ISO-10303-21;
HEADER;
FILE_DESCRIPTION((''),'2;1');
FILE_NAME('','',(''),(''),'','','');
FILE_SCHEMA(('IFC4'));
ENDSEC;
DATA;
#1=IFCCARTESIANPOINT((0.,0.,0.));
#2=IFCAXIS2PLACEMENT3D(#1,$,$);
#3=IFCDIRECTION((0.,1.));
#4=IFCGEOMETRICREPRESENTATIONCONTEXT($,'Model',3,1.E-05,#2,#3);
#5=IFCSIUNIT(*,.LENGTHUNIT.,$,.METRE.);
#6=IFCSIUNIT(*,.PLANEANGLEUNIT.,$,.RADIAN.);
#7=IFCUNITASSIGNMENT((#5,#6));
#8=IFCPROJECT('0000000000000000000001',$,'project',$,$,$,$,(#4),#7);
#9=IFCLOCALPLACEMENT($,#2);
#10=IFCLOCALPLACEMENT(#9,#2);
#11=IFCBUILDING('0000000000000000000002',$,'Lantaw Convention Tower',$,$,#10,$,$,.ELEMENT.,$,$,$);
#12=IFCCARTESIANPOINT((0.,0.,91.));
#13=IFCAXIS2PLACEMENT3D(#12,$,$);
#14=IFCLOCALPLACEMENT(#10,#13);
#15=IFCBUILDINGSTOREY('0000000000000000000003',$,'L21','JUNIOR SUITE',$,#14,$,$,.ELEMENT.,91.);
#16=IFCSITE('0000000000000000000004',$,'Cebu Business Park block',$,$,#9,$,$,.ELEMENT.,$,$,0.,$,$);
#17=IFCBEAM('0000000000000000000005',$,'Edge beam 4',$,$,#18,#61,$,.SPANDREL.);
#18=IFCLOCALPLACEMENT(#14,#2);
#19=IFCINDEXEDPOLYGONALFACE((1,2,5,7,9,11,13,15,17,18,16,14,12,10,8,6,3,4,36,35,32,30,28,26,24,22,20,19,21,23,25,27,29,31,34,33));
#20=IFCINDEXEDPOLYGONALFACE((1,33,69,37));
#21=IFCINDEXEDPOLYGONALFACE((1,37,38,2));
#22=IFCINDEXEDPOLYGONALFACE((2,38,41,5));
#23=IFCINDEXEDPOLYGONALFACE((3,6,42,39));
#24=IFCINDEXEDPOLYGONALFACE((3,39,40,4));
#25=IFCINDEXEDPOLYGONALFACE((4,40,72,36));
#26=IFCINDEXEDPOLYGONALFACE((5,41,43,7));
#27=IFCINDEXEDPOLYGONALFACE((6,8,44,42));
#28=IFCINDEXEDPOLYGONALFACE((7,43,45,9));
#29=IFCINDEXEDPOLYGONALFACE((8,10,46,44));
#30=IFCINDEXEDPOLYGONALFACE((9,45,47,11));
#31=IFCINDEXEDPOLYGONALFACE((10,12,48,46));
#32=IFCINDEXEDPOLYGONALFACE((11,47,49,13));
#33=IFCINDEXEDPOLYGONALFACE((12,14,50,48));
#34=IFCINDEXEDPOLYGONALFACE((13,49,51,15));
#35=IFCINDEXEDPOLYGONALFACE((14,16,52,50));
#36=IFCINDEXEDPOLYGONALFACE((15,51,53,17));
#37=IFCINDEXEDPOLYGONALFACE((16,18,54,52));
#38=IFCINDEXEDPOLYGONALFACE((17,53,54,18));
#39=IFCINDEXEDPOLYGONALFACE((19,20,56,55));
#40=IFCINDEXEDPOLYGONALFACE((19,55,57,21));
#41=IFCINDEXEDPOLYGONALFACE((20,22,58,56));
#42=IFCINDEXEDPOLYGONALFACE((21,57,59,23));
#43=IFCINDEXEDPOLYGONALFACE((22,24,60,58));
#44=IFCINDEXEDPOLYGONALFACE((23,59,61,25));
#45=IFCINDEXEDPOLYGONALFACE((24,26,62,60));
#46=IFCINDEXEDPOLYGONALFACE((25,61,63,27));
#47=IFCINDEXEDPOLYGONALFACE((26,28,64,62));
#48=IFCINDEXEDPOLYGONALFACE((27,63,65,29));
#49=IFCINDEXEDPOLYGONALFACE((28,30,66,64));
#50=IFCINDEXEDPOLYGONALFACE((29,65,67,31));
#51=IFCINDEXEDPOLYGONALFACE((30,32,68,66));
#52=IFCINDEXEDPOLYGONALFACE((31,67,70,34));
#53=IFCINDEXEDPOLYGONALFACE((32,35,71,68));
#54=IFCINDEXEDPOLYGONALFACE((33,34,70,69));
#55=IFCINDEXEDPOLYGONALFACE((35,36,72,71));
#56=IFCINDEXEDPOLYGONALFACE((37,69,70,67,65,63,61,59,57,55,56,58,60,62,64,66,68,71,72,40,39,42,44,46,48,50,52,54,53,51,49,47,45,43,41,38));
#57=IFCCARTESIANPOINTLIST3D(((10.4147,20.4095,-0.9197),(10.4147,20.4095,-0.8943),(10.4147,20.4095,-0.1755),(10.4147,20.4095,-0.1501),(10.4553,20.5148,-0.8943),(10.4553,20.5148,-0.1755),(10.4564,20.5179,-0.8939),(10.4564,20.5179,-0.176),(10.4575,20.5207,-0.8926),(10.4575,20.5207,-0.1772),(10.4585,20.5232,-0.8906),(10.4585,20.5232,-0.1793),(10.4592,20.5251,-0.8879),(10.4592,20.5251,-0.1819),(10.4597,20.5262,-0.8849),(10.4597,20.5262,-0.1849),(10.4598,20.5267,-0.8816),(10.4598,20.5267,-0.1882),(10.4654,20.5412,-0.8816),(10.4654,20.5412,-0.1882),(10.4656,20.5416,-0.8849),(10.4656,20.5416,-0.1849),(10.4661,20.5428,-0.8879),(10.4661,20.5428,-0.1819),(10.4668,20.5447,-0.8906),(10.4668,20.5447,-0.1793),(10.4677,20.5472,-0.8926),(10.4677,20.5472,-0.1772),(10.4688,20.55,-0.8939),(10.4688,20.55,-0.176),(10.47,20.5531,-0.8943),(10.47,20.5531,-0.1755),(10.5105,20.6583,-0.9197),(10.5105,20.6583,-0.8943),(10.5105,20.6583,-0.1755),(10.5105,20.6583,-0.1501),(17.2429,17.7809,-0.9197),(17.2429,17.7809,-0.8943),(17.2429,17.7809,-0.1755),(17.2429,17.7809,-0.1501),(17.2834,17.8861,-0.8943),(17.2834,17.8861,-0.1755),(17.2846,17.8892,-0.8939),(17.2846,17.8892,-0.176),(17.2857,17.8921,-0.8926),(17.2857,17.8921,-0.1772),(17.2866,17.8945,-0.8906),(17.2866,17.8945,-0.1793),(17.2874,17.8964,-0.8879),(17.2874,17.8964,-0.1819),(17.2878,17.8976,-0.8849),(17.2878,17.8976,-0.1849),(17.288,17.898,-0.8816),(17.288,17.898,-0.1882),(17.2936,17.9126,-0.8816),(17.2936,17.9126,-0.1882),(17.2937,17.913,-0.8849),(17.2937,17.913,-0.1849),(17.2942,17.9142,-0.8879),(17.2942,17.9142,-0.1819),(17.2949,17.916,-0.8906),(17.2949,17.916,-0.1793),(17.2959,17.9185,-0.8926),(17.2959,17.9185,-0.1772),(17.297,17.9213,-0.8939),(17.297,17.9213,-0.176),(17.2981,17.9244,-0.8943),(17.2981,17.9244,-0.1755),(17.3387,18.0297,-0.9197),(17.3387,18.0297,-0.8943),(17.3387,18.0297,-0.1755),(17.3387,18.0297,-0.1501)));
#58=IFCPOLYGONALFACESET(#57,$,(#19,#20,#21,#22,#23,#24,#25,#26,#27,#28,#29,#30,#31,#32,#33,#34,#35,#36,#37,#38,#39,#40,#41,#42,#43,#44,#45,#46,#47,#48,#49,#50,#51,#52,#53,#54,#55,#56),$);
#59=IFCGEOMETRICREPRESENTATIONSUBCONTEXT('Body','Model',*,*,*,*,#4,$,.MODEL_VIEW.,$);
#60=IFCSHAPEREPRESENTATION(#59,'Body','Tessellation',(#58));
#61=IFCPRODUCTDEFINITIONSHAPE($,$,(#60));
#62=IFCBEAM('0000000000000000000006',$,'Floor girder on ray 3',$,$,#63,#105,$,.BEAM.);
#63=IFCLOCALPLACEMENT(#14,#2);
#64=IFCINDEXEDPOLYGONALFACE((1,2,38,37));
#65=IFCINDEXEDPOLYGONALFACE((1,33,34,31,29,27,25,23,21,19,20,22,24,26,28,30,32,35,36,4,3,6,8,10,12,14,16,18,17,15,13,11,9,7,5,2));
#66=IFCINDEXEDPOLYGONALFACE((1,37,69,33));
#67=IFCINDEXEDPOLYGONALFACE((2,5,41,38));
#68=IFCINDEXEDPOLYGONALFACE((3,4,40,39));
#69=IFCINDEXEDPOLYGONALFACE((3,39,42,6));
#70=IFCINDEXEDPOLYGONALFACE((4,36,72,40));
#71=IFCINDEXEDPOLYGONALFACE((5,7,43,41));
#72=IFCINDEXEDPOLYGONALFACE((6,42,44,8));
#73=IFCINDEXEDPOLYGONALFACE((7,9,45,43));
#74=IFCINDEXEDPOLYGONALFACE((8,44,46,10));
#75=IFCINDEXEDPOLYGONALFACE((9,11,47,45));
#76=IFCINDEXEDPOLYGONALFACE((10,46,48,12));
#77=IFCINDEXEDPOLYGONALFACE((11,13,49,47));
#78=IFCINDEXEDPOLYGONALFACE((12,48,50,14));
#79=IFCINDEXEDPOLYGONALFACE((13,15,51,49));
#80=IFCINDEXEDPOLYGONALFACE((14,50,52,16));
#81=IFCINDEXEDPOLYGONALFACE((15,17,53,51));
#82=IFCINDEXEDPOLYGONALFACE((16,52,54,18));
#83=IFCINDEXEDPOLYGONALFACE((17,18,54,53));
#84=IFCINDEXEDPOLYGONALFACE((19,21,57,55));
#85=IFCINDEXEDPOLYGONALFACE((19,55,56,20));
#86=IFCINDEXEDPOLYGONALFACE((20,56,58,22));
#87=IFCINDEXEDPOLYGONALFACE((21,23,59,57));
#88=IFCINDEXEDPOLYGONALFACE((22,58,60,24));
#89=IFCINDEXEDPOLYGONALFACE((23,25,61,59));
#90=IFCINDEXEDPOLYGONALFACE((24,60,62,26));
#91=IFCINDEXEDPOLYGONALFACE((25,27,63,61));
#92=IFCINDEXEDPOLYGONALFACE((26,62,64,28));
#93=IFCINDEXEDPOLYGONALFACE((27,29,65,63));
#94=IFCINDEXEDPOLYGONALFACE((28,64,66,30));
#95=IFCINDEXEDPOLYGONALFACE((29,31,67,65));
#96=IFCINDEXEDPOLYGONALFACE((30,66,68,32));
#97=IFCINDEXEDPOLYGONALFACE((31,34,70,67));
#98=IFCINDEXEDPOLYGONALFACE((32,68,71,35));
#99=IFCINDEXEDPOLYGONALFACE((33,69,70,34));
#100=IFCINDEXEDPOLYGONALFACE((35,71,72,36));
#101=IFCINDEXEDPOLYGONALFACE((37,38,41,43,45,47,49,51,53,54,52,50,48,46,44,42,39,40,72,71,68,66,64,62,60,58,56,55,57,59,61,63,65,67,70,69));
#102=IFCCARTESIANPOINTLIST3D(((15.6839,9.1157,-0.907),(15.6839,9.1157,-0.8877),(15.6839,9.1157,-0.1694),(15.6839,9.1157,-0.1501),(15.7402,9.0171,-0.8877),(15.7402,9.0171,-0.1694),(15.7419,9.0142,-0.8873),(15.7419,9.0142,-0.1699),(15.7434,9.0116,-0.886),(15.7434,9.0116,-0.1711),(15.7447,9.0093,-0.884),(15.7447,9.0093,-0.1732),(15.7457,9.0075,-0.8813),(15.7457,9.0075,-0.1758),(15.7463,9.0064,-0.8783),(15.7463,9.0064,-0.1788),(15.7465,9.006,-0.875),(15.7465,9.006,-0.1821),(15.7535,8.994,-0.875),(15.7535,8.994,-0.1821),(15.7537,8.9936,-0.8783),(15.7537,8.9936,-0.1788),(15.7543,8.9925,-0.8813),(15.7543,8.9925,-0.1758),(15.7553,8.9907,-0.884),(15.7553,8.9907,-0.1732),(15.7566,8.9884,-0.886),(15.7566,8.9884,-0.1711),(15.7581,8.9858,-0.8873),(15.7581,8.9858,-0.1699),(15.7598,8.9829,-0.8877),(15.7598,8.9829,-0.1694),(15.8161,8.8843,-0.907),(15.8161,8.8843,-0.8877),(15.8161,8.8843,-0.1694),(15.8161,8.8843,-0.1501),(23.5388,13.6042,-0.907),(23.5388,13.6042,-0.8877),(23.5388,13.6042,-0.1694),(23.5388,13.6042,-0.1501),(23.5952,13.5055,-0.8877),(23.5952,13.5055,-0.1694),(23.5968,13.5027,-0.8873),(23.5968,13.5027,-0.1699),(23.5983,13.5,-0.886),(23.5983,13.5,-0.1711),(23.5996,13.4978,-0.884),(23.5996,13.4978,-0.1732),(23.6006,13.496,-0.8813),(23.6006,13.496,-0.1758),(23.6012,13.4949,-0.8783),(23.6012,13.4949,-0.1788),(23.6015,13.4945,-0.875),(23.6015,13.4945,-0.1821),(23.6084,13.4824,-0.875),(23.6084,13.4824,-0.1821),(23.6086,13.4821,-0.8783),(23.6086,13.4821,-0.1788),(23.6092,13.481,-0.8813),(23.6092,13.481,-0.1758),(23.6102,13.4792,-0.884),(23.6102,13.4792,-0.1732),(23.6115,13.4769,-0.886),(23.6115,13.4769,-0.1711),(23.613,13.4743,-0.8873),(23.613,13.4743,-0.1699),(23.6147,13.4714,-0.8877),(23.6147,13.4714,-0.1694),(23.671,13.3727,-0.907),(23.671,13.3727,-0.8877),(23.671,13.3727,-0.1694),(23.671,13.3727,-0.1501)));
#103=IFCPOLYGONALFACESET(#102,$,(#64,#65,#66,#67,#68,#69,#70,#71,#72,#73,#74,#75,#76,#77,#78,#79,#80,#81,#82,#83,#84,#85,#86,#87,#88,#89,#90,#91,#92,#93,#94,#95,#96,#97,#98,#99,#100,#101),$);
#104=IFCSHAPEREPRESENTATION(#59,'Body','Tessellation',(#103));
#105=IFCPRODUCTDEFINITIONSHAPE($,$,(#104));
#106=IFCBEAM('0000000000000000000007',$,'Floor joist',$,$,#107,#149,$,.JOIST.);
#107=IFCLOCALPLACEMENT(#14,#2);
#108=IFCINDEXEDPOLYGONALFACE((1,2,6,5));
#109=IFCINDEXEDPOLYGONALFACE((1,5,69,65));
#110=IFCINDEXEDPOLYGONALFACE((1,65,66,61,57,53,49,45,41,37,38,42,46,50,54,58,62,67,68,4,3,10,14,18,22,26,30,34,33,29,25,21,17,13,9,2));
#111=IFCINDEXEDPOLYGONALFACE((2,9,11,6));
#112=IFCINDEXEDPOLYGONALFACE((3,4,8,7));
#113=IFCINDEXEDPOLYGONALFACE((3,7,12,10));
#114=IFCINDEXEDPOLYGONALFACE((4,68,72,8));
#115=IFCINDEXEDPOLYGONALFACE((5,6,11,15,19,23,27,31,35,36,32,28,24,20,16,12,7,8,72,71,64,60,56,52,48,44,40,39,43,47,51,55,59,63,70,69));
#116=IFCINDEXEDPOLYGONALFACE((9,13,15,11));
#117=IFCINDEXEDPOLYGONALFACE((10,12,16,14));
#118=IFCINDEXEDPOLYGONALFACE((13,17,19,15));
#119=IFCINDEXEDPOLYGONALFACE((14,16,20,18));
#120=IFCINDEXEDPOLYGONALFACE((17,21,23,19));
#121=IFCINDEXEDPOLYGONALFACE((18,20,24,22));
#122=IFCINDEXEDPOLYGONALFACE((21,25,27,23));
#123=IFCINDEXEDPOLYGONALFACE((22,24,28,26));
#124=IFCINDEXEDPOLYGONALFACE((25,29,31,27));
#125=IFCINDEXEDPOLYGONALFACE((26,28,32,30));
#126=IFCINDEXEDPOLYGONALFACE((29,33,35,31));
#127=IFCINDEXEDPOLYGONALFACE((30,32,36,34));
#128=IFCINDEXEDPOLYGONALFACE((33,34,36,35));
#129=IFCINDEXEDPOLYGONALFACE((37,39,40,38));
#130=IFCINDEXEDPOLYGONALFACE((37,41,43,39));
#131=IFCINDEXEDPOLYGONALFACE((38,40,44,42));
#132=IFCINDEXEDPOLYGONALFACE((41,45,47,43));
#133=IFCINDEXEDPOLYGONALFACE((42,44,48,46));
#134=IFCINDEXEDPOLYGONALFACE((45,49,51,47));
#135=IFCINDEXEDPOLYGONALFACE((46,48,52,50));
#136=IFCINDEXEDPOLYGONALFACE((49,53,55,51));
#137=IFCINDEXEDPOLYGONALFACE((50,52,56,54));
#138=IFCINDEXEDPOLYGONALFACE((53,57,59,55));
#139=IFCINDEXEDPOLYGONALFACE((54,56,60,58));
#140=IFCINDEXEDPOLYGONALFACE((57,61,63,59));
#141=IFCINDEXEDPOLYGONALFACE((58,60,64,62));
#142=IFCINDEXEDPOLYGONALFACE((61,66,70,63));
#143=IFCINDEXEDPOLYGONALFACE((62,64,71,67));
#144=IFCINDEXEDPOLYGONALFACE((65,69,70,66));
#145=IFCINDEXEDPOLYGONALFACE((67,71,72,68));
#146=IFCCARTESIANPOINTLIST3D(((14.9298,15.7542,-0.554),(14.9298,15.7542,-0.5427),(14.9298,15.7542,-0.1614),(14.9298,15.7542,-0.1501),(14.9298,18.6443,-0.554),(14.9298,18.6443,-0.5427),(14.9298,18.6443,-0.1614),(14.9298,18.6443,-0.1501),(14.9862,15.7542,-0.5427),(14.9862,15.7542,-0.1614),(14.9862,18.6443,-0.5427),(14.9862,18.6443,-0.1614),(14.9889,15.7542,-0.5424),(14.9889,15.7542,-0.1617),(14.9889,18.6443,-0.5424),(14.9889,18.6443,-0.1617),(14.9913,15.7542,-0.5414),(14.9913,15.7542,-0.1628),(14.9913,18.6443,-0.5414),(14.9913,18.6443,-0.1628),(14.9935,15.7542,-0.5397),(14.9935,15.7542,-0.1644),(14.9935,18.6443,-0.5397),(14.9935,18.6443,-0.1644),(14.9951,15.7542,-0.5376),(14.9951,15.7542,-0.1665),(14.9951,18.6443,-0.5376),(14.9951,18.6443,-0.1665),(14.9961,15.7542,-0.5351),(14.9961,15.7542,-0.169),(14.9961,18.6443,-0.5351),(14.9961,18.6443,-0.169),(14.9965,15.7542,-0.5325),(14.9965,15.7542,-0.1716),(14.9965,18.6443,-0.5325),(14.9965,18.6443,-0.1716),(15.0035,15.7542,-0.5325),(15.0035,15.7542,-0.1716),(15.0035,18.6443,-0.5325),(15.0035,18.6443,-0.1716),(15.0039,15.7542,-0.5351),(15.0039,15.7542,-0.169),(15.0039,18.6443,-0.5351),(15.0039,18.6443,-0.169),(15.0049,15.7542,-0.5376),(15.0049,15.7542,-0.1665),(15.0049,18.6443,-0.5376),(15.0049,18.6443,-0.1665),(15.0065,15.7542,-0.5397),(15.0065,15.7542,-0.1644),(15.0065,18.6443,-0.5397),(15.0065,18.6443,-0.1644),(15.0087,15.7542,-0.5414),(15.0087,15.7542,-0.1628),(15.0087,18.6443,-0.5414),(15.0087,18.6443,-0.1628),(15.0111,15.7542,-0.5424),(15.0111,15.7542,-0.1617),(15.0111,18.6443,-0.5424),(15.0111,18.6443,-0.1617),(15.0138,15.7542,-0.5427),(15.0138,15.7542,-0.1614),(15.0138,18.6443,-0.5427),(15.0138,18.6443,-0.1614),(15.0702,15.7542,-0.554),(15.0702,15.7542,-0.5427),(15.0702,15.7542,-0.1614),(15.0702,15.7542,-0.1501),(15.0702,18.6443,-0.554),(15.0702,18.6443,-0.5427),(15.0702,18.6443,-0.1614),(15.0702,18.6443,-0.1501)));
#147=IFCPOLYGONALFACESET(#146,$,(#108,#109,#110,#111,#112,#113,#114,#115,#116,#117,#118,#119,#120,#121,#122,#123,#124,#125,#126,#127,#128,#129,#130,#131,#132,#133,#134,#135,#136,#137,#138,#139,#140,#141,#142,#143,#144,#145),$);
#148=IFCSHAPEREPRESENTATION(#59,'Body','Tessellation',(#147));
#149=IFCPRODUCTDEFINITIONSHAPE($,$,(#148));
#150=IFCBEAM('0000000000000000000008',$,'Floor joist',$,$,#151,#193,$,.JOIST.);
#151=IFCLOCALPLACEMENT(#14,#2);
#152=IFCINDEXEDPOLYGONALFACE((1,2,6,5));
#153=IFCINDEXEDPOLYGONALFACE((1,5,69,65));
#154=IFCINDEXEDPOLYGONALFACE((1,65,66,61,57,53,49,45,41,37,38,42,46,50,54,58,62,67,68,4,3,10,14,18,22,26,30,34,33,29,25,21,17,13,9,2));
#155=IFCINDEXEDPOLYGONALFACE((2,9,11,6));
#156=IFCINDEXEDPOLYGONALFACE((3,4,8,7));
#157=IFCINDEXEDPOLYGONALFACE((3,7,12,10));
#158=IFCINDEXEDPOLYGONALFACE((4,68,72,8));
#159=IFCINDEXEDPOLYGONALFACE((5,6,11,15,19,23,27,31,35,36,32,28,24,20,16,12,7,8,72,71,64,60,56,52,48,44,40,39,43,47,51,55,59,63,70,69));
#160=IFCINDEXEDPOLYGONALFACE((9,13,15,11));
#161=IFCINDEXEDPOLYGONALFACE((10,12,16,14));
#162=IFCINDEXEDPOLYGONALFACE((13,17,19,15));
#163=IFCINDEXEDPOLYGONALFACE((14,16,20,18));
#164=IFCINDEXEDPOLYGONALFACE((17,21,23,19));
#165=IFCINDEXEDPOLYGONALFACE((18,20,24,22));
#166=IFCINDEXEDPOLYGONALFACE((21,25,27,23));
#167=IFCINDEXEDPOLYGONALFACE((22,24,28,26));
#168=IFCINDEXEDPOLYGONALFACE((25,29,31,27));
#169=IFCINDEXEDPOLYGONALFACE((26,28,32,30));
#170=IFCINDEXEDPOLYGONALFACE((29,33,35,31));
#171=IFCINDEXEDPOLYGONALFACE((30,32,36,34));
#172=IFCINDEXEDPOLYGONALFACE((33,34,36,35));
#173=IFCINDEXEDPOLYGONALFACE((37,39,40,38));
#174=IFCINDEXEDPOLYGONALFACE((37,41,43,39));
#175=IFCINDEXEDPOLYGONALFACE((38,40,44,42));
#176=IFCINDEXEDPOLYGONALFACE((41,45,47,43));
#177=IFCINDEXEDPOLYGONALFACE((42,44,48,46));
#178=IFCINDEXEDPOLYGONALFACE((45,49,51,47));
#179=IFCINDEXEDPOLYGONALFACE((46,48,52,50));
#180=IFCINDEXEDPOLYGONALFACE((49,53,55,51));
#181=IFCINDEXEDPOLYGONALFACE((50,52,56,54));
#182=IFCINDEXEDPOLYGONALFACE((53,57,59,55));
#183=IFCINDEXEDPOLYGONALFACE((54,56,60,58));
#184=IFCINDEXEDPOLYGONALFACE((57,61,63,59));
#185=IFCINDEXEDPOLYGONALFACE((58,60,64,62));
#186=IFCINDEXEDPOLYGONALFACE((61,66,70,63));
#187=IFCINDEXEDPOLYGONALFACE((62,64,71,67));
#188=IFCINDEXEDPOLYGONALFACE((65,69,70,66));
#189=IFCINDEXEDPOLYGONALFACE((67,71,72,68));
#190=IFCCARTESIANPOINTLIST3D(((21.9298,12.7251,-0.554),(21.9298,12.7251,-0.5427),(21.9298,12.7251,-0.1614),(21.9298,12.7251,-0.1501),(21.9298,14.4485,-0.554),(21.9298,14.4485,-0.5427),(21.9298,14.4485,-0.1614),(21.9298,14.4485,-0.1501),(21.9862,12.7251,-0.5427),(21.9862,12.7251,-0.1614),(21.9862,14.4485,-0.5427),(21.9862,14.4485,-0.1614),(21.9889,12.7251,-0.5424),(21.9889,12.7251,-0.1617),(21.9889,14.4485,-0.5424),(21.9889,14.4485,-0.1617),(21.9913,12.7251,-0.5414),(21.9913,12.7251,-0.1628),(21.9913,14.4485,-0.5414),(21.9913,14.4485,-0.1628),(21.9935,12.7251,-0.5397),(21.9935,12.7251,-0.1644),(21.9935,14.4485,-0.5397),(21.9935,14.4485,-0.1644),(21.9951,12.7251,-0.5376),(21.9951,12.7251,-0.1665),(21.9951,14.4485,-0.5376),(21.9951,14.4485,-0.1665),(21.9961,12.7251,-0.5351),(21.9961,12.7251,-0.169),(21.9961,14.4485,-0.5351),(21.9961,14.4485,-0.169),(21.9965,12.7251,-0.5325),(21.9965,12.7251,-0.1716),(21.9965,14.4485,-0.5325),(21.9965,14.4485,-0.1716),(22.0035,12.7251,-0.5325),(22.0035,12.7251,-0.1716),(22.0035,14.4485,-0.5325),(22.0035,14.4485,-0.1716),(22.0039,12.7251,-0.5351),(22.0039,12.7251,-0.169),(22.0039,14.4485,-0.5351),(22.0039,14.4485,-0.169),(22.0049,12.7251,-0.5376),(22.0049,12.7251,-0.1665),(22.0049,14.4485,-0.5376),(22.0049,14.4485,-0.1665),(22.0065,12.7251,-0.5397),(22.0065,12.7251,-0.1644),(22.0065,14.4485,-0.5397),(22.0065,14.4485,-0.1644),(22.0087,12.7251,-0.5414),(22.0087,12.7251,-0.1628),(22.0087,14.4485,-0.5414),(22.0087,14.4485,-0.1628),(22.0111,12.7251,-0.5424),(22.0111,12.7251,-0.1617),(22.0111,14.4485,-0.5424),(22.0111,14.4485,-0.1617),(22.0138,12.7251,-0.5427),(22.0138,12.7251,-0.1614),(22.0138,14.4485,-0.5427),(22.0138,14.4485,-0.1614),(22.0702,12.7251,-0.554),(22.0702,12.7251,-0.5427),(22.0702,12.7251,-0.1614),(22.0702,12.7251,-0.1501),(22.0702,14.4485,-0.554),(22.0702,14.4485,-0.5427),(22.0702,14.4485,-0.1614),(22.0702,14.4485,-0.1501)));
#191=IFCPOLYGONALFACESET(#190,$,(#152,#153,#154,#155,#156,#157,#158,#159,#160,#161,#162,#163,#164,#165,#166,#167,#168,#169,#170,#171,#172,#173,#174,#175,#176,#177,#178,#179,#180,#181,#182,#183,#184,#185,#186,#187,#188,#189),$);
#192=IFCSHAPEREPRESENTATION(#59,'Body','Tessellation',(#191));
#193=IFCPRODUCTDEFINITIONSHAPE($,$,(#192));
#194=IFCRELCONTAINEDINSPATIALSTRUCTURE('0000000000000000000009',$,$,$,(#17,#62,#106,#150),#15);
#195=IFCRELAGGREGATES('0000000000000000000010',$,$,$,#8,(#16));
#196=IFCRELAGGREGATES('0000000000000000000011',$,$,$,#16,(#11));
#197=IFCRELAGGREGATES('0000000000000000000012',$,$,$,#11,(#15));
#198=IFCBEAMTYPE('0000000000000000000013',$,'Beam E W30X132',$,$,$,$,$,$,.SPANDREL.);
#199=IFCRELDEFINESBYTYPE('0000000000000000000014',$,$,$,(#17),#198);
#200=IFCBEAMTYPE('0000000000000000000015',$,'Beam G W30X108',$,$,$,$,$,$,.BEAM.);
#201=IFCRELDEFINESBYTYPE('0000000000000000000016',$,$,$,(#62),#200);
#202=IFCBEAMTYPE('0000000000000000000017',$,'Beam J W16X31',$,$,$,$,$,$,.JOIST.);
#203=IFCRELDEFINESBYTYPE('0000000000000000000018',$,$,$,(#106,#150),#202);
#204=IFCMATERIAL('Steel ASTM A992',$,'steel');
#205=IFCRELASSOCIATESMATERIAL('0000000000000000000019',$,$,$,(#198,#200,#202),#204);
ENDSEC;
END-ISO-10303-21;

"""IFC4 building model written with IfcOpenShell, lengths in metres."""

from ifc_helpers import new_model, si_unit, direction, frame, origin, origin_2d, place, context, subcontext, project, spatial, i_section, extrude, material, material_profile, profile_set, type_object, element, save


model = new_model("IFC4")

# Units and contexts
model_context = context("Model", 3, precision=1e-05, world=origin(), true_north=direction((0.0, 1.0)))
body_context = subcontext(model_context, "Body", "Model", "MODEL_VIEW")
ifc_project = project(units=[si_unit("LENGTHUNIT", "METRE"), si_unit("PLANEANGLEUNIT", "RADIAN")], contexts=[model_context])

# Site, building, storey
site_placement = place(None, origin())
site = spatial("IfcSite", under=ifc_project, at=site_placement, Name="Cebu Business Park block", CompositionType="ELEMENT", RefElevation=0.0)
building_placement = place(site_placement, origin())
building = spatial("IfcBuilding", under=site, at=building_placement, Name="Lantaw Convention Tower", CompositionType="ELEMENT")
storey_placement = place(building_placement, frame((0.0, 0.0, 91.0)))
storey = spatial("IfcBuildingStorey", under=building, at=storey_placement, Name="L21", Description="JUNIOR SUITE", CompositionType="ELEMENT", Elevation=91.0)

# Beams
ifc_material_1 = material(Name="Steel ASTM A992", Category="steel")
ifc_material_profile_1 = material_profile(ifc_material_1, i_section(OverallWidth=0.2666, OverallDepth=0.7695, WebThickness=0.0156, FlangeThickness=0.0254, FilletRadius=0.0127, at=origin_2d()), Name="W30X132")
ifc_profile_set_1 = profile_set([ifc_material_profile_1], Name="Steel ASTM A992")
beam_type_1 = type_object("IfcBeamType", Name="Beam E W30X132", PredefinedType="SPANDREL", material=ifc_profile_set_1)
beam_1_placement = place(storey_placement, frame((17.2908, 17.9053, -0.5349), z_axis=(-0.933233, 0.359272, 0.0), x_axis=(-0.359272, -0.933233, 0.0)))
element("IfcBeam", 1, at=beam_1_placement, inside=storey, type_object=beam_type_1, Name="Edge beam 4", PredefinedType="SPANDREL", context=body_context, shape_type="SweptSolid", body=[
    extrude(i_section(OverallWidth=0.2666, OverallDepth=0.7695, WebThickness=0.0156, FlangeThickness=0.0254, FilletRadius=0.0127, at=origin_2d()), origin(), (0.0, 0.0, 1.0), 7.3167),
])
ifc_material_profile_2 = material_profile(ifc_material_1, i_section(OverallWidth=0.2666, OverallDepth=0.7568, WebThickness=0.0139, FlangeThickness=0.0193, FilletRadius=0.0127, at=origin_2d()), Name="W30X108")
ifc_profile_set_2 = profile_set([ifc_material_profile_2], Name="Steel ASTM A992")
beam_type_2 = type_object("IfcBeamType", Name="Beam G W30X108", PredefinedType="BEAM", material=ifc_profile_set_2)
beam_2_placement = place(storey_placement, frame((15.75, 9.0, -0.5286), z_axis=(0.868245, 0.496136, 0.0), x_axis=(-0.496136, 0.868245, 0.0)))
element("IfcBeam", 2, at=beam_2_placement, inside=storey, type_object=beam_type_2, Name="Floor girder on ray 3", PredefinedType="BEAM", context=body_context, shape_type="SweptSolid", body=[
    extrude(i_section(OverallWidth=0.2666, OverallDepth=0.7568, WebThickness=0.0139, FlangeThickness=0.0193, FilletRadius=0.0127, at=origin_2d()), origin(), (0.0, 0.0, 1.0), 9.0469),
])
ifc_material_profile_3 = material_profile(ifc_material_1, i_section(OverallWidth=0.1404, OverallDepth=0.4038, WebThickness=0.0071, FlangeThickness=0.0112, FilletRadius=0.0103, at=origin_2d()), Name="W16X31")
ifc_profile_set_3 = profile_set([ifc_material_profile_3], Name="Steel ASTM A992")
beam_type_3 = type_object("IfcBeamType", Name="Beam J W16X31", PredefinedType="JOIST", material=ifc_profile_set_3)
beam_3_placement = place(storey_placement, frame((15.0, 15.7542, -0.3521), z_axis=(0.0, 1.0, 0.0), x_axis=(-1.0, 0.0, 0.0)))
element("IfcBeam", 3, at=beam_3_placement, inside=storey, type_object=beam_type_3, Name="Floor joist", PredefinedType="JOIST", context=body_context, shape_type="SweptSolid", body=[
    extrude(i_section(OverallWidth=0.1404, OverallDepth=0.4038, WebThickness=0.0071, FlangeThickness=0.0112, FilletRadius=0.0103, at=origin_2d()), origin(), (0.0, 0.0, 1.0), 2.8901),
])
beam_4_placement = place(storey_placement, frame((22.0, 12.7251, -0.3521), z_axis=(0.0, 1.0, 0.0), x_axis=(-1.0, 0.0, 0.0)))
element("IfcBeam", 4, at=beam_4_placement, inside=storey, type_object=beam_type_3, Name="Floor joist", PredefinedType="JOIST", context=body_context, shape_type="SweptSolid", body=[
    extrude(i_section(OverallWidth=0.1404, OverallDepth=0.4038, WebThickness=0.0071, FlangeThickness=0.0112, FilletRadius=0.0103, at=origin_2d()), origin(), (0.0, 0.0, 1.0), 1.7234),
])

save(model, "model.ifc")
